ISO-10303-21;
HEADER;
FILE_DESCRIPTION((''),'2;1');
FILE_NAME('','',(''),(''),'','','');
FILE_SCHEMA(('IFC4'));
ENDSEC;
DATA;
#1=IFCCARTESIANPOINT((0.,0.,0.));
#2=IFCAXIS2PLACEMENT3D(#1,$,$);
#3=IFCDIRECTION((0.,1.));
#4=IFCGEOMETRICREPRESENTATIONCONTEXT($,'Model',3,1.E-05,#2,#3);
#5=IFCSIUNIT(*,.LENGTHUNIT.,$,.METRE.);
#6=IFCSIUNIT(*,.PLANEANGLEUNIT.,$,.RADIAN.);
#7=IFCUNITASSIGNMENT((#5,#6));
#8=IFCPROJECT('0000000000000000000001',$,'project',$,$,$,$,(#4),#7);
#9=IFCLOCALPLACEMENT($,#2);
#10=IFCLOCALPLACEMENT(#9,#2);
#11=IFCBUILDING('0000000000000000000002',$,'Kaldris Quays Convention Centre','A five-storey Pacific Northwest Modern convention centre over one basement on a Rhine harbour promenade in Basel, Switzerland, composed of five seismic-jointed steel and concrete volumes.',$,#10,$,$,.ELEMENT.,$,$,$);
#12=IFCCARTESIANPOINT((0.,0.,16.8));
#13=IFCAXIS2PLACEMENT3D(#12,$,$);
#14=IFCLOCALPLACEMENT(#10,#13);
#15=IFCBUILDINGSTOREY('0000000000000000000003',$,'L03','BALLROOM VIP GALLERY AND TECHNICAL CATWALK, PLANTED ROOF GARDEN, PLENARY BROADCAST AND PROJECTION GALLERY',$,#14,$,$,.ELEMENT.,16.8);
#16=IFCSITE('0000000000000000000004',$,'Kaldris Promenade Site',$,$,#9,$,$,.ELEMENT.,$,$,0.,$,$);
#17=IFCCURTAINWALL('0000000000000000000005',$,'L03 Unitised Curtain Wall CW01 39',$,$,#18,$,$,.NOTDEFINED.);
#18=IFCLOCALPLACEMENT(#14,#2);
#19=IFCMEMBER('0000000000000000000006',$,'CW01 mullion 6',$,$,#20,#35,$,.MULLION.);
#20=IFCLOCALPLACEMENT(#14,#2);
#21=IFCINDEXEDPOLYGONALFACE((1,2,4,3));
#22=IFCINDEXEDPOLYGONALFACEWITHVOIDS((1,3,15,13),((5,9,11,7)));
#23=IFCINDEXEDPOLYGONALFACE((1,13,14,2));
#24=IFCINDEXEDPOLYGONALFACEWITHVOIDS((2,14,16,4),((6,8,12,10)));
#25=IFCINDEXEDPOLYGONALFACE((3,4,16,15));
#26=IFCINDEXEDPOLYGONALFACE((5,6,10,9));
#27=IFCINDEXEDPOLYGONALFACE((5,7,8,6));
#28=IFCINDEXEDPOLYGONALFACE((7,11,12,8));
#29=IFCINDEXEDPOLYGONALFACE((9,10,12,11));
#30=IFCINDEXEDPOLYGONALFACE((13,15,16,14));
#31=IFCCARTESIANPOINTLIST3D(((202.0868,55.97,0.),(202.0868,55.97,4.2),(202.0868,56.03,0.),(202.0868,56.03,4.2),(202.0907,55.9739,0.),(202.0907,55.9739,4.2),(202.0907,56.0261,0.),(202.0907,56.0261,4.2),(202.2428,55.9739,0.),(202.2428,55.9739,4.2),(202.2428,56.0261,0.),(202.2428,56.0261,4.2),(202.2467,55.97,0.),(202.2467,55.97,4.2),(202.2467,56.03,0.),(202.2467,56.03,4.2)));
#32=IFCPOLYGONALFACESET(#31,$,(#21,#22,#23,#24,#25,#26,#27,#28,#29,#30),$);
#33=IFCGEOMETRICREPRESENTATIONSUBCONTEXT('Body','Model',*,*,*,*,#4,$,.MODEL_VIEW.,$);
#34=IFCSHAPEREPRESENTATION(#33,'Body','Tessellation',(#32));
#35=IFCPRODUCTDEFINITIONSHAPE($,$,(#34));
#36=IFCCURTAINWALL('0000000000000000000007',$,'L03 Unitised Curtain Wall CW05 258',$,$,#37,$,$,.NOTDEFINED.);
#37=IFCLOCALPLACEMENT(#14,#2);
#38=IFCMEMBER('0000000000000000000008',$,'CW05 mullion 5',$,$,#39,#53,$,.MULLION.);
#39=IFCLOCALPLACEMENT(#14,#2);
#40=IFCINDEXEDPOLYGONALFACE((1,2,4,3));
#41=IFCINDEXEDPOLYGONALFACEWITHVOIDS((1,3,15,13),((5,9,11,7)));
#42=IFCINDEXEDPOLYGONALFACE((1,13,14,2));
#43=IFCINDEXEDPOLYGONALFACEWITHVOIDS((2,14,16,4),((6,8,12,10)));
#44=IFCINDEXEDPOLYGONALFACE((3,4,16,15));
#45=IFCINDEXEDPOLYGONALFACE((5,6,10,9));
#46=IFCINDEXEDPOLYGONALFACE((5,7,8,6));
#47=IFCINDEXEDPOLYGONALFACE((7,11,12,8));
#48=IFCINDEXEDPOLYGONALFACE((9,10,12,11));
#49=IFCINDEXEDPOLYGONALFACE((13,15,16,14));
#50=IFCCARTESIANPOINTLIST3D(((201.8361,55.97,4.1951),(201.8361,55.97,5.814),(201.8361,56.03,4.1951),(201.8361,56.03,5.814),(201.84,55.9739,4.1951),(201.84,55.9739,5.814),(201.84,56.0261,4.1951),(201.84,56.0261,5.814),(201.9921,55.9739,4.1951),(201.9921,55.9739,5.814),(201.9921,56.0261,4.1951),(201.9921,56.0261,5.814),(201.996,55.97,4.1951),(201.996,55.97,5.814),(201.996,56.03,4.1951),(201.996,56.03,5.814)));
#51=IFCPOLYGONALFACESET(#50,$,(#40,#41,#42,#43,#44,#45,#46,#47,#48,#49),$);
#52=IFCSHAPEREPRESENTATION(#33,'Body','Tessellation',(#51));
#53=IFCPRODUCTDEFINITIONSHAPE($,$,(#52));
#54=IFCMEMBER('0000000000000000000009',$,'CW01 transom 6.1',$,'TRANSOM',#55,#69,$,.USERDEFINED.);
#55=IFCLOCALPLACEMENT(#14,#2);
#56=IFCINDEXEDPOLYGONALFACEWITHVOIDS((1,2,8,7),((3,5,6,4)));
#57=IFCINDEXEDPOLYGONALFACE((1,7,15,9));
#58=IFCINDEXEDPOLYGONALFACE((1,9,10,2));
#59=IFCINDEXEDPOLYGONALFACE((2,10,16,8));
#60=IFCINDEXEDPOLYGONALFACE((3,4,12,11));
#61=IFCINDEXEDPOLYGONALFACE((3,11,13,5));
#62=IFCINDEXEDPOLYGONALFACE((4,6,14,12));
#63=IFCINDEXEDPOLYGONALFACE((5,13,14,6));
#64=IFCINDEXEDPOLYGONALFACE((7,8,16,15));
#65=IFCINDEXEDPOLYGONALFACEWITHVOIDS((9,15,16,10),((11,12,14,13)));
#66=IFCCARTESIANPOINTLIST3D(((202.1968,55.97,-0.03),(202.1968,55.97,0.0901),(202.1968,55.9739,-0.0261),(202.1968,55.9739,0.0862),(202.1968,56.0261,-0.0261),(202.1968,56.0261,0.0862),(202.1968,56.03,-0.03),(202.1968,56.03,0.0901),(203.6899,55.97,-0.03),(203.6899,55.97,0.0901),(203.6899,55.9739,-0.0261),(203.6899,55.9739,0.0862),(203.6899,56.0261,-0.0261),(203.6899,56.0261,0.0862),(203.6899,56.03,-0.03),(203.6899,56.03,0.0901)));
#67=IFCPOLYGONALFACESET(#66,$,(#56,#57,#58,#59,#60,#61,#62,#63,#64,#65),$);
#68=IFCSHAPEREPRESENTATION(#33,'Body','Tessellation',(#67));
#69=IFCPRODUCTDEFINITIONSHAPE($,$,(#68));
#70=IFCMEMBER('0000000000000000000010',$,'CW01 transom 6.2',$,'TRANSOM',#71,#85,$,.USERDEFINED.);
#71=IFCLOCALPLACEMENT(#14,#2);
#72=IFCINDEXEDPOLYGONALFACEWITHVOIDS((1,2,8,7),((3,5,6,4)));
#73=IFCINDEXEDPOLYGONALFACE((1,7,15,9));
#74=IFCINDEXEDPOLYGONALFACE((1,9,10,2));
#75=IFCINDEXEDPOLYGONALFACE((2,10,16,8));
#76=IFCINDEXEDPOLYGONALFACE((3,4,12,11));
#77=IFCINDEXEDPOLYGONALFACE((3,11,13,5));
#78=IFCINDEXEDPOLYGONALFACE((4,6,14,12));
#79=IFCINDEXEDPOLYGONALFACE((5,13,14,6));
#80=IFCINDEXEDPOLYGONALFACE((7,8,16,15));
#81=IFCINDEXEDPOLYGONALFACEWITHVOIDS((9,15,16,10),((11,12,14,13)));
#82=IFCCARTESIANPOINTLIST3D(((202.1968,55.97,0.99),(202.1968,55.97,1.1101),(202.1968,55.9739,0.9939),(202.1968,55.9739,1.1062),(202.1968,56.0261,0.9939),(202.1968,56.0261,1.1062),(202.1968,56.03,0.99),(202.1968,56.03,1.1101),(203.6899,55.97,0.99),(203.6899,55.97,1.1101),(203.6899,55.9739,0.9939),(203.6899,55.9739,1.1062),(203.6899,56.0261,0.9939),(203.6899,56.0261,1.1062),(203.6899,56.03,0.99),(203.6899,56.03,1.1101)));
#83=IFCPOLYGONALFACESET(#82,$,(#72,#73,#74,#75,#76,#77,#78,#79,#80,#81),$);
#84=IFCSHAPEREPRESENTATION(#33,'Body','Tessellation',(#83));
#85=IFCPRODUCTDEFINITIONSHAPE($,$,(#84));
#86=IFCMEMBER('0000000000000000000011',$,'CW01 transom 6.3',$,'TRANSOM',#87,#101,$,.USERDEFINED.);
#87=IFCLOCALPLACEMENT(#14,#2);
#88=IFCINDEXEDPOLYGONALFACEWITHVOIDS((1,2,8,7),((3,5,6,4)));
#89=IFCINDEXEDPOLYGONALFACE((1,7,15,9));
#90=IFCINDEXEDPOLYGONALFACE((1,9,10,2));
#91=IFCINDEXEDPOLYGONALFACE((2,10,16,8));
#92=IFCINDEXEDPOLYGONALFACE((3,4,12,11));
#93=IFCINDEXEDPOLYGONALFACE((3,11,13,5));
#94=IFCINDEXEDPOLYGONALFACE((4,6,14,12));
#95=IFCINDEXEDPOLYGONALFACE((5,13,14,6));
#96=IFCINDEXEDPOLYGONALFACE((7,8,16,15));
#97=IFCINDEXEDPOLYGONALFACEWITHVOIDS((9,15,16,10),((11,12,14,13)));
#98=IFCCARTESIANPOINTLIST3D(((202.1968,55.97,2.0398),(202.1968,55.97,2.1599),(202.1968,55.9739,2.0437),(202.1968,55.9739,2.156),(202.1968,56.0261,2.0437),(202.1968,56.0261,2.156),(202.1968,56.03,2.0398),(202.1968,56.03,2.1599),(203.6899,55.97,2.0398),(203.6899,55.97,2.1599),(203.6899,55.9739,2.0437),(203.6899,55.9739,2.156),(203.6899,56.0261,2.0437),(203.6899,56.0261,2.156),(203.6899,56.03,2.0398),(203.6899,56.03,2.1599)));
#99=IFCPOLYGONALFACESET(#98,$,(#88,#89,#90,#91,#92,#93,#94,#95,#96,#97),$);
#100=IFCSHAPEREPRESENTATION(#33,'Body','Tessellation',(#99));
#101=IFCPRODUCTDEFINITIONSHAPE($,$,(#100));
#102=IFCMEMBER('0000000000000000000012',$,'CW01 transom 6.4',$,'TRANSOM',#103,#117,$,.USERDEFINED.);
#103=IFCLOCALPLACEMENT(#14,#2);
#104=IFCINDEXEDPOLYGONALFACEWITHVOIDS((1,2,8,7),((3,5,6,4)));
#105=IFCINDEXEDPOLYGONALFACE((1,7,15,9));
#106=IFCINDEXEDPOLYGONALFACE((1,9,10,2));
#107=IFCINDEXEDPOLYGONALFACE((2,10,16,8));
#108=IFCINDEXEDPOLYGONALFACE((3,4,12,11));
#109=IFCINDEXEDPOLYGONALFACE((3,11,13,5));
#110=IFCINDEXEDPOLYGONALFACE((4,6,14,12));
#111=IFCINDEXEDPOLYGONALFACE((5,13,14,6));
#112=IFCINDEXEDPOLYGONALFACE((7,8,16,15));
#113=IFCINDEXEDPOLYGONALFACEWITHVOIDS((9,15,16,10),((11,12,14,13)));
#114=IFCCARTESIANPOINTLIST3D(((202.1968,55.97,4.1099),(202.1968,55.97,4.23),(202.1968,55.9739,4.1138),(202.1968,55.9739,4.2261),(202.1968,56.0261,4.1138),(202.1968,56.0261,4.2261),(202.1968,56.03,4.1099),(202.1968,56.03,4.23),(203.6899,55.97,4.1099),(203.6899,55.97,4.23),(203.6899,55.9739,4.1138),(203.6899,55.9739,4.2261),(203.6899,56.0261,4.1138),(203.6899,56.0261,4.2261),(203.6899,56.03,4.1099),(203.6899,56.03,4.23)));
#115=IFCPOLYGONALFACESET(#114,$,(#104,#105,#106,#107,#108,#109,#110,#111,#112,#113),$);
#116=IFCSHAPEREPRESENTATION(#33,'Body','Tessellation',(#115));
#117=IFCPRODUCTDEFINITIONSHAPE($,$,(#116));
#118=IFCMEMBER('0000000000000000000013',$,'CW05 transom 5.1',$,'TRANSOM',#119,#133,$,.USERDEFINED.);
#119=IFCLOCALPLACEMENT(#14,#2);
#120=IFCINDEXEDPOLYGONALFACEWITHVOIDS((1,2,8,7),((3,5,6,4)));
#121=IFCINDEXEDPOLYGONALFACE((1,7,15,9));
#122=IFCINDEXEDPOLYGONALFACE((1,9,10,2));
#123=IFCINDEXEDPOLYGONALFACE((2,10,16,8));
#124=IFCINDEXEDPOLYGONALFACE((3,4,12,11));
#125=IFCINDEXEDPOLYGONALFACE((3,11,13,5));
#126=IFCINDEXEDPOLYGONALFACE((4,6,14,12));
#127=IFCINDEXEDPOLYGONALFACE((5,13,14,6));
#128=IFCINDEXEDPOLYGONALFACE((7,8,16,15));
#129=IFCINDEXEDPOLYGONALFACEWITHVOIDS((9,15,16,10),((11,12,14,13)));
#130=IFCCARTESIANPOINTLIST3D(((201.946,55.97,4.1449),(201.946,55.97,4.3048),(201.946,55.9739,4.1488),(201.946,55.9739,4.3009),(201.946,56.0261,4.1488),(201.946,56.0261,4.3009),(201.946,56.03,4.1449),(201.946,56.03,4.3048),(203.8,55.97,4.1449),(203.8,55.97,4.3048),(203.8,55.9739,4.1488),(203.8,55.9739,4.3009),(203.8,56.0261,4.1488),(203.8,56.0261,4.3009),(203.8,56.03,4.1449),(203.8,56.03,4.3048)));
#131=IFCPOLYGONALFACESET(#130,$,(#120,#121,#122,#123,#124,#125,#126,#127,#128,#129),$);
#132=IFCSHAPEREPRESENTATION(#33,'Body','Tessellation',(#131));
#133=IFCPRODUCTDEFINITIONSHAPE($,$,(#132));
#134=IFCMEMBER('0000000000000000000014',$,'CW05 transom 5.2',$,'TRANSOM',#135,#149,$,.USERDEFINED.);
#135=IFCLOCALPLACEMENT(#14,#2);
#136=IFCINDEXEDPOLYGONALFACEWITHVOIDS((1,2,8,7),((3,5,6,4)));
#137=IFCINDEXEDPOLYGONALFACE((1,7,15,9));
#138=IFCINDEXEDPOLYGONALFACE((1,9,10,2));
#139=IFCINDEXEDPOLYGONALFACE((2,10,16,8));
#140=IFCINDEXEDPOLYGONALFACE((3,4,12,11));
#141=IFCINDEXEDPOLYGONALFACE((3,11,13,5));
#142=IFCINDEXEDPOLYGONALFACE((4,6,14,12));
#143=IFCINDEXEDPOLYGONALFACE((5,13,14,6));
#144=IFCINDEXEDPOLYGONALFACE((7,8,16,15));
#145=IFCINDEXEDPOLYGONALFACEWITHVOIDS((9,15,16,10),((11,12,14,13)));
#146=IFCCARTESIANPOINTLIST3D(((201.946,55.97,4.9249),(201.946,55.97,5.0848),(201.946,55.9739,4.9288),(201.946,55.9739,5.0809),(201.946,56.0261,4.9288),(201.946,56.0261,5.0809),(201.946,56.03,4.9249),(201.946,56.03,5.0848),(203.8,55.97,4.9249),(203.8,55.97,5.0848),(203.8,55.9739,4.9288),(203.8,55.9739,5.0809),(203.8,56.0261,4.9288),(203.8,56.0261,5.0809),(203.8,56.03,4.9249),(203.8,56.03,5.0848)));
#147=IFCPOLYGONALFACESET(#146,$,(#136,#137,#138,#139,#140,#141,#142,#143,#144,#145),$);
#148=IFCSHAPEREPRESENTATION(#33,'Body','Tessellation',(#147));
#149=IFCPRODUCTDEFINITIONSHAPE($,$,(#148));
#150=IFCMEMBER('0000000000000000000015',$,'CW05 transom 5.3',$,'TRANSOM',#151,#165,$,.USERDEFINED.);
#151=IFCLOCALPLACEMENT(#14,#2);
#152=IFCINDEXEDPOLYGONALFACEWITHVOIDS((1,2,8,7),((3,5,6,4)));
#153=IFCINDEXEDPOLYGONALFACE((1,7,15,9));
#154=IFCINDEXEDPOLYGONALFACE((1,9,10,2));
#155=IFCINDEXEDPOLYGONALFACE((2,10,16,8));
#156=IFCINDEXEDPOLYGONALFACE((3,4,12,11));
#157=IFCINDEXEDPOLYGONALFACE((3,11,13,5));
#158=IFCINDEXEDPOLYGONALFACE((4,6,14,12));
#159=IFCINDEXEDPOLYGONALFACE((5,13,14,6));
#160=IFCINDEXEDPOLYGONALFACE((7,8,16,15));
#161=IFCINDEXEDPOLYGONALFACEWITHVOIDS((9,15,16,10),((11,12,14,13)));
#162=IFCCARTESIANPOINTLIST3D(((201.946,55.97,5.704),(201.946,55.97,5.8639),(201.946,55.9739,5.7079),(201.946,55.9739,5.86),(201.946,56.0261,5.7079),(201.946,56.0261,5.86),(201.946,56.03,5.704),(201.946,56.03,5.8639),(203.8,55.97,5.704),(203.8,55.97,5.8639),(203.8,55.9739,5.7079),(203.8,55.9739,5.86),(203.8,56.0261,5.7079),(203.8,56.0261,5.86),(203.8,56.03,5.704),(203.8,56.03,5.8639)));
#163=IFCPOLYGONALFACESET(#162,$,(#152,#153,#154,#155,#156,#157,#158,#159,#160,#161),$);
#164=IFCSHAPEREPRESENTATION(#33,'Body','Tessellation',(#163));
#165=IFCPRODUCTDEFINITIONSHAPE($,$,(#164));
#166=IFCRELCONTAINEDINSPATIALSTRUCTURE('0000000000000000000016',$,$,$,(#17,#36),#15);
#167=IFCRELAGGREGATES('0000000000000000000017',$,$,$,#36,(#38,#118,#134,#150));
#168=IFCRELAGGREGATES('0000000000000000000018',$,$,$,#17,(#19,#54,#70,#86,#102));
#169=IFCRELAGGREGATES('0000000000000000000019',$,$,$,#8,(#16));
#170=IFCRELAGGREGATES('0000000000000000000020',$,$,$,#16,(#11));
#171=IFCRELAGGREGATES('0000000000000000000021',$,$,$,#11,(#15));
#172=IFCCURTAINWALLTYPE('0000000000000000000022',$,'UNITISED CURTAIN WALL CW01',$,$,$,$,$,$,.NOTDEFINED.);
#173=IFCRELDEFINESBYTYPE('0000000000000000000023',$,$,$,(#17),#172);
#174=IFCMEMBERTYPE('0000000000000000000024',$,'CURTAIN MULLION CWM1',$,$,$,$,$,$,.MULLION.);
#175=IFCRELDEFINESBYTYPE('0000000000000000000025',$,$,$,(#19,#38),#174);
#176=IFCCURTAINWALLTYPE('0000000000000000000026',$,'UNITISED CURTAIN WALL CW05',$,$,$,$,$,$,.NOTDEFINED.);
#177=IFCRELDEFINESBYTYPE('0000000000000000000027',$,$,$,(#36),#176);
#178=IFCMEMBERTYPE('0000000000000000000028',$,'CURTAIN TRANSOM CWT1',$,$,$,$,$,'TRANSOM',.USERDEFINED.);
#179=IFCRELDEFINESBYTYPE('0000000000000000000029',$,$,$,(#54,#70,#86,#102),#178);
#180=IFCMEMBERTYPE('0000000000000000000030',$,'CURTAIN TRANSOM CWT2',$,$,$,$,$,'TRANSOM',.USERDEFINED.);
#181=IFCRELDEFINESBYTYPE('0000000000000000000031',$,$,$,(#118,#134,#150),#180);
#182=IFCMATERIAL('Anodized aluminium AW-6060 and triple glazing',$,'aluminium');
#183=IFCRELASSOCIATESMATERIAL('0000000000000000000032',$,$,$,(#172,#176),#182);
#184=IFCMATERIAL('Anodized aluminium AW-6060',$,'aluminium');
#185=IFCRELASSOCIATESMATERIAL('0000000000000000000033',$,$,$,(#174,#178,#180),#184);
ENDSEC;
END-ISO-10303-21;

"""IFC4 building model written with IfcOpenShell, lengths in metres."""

from ifc_helpers import new_model, si_unit, direction, frame, origin, origin_2d, place, context, subcontext, project, spatial, hollow_rectangle, extrude, material, material_profile, profile_set, type_object, element, aggregate, save


model = new_model("IFC4")

# Units and contexts
model_context = context("Model", 3, precision=1e-05, world=origin(), true_north=direction((0.0, 1.0)))
body_context = subcontext(model_context, "Body", "Model", "MODEL_VIEW")
ifc_project = project(units=[si_unit("LENGTHUNIT", "METRE"), si_unit("PLANEANGLEUNIT", "RADIAN")], contexts=[model_context])

# Site, building, storey
site_placement = place(None, origin())
site = spatial("IfcSite", under=ifc_project, at=site_placement, Name="Kaldris Promenade Site", CompositionType="ELEMENT", RefElevation=0.0)
building_placement = place(site_placement, origin())
building = spatial("IfcBuilding", under=site, at=building_placement, Name="Kaldris Quays Convention Centre", Description="A five-storey Pacific Northwest Modern convention centre over one basement on a Rhine harbour promenade in Basel, Switzerland, composed of five seismic-jointed steel and concrete volumes.", CompositionType="ELEMENT")
storey_placement = place(building_placement, frame((0.0, 0.0, 16.8)))
storey = spatial("IfcBuildingStorey", under=building, at=storey_placement, Name="L03", Description="BALLROOM VIP GALLERY AND TECHNICAL CATWALK, PLANTED ROOF GARDEN, PLENARY BROADCAST AND PROJECTION GALLERY", CompositionType="ELEMENT", Elevation=16.8)

# Curtain walls, members
ifc_material_1 = material(Name="Anodized aluminium AW-6060 and triple glazing", Category="aluminium")
curtain_wall_type_1 = type_object("IfcCurtainWallType", Name="UNITISED CURTAIN WALL CW01", PredefinedType="NOTDEFINED", material=ifc_material_1)
curtain_wall_1_placement = place(storey_placement, origin())
curtain_wall_1 = element("IfcCurtainWall", 1, at=curtain_wall_1_placement, inside=storey, type_object=curtain_wall_type_1, Name="L03 Unitised Curtain Wall CW01 39", PredefinedType="NOTDEFINED")
ifc_material_2 = material(Name="Anodized aluminium AW-6060", Category="aluminium")
ifc_material_profile_1 = material_profile(ifc_material_2, hollow_rectangle(XDim=0.0601, YDim=0.1599, WallThickness=0.0039, at=origin_2d()), Name="RHS 160x60x4")
ifc_profile_set_1 = profile_set([ifc_material_profile_1], Name="Anodized aluminium AW-6060")
member_type_1 = type_object("IfcMemberType", Name="CURTAIN MULLION CWM1", PredefinedType="MULLION", material=ifc_profile_set_1)
member_1_placement = place(storey_placement, frame((202.1667, 56.0, 0.0), z_axis=(0.0, 0.0, 1.0), x_axis=(0.0, 1.0, 0.0)))
member_1 = element("IfcMember", 2, at=member_1_placement, type_object=member_type_1, Name="CW01 mullion 6", PredefinedType="MULLION", context=body_context, shape_type="SweptSolid", body=[
    extrude(hollow_rectangle(XDim=0.0601, YDim=0.1599, WallThickness=0.0039, at=origin_2d()), origin(), (0.0, 0.0, 1.0), 4.2),
])
curtain_wall_type_2 = type_object("IfcCurtainWallType", Name="UNITISED CURTAIN WALL CW05", PredefinedType="NOTDEFINED", material=ifc_material_1)
curtain_wall_2_placement = place(storey_placement, origin())
curtain_wall_2 = element("IfcCurtainWall", 3, at=curtain_wall_2_placement, inside=storey, type_object=curtain_wall_type_2, Name="L03 Unitised Curtain Wall CW05 258", PredefinedType="NOTDEFINED")
member_2_placement = place(storey_placement, frame((201.916, 56.0, 4.1951), z_axis=(0.0, 0.0, 1.0), x_axis=(0.0, 1.0, 0.0)))
member_2 = element("IfcMember", 4, at=member_2_placement, type_object=member_type_1, Name="CW05 mullion 5", PredefinedType="MULLION", context=body_context, shape_type="SweptSolid", body=[
    extrude(hollow_rectangle(XDim=0.0601, YDim=0.1599, WallThickness=0.0039, at=origin_2d()), origin(), (0.0, 0.0, 1.0), 1.6189),
])

# Members
ifc_material_profile_2 = material_profile(ifc_material_2, hollow_rectangle(XDim=0.0601, YDim=0.1201, WallThickness=0.0039, at=origin_2d()), Name="RHS 120x60x4")
ifc_profile_set_2 = profile_set([ifc_material_profile_2], Name="Anodized aluminium AW-6060")
member_type_2 = type_object("IfcMemberType", Name="CURTAIN TRANSOM CWT1", ElementType="TRANSOM", PredefinedType="USERDEFINED", material=ifc_profile_set_2)
member_3_placement = place(storey_placement, frame((202.1968, 56.0, 0.03), z_axis=(1.0, 0.0, 0.0), x_axis=(0.0, 1.0, 0.0)))
member_3 = element("IfcMember", 5, at=member_3_placement, type_object=member_type_2, Name="CW01 transom 6.1", ObjectType="TRANSOM", PredefinedType="USERDEFINED", context=body_context, shape_type="SweptSolid", body=[
    extrude(hollow_rectangle(XDim=0.0601, YDim=0.1201, WallThickness=0.0039, at=origin_2d()), origin(), (0.0, 0.0, 1.0), 1.4932),
])
member_4_placement = place(storey_placement, frame((202.1968, 56.0, 1.05), z_axis=(1.0, 0.0, 0.0), x_axis=(0.0, 1.0, 0.0)))
member_4 = element("IfcMember", 6, at=member_4_placement, type_object=member_type_2, Name="CW01 transom 6.2", ObjectType="TRANSOM", PredefinedType="USERDEFINED", context=body_context, shape_type="SweptSolid", body=[
    extrude(hollow_rectangle(XDim=0.0601, YDim=0.1201, WallThickness=0.0039, at=origin_2d()), origin(), (0.0, 0.0, 1.0), 1.4932),
])
member_5_placement = place(storey_placement, frame((202.1968, 56.0, 2.0999), z_axis=(1.0, 0.0, 0.0), x_axis=(0.0, 1.0, 0.0)))
member_5 = element("IfcMember", 7, at=member_5_placement, type_object=member_type_2, Name="CW01 transom 6.3", ObjectType="TRANSOM", PredefinedType="USERDEFINED", context=body_context, shape_type="SweptSolid", body=[
    extrude(hollow_rectangle(XDim=0.0601, YDim=0.1201, WallThickness=0.0039, at=origin_2d()), origin(), (0.0, 0.0, 1.0), 1.4932),
])
member_6_placement = place(storey_placement, frame((202.1968, 56.0, 4.1699), z_axis=(1.0, 0.0, 0.0), x_axis=(0.0, 1.0, 0.0)))
member_6 = element("IfcMember", 8, at=member_6_placement, type_object=member_type_2, Name="CW01 transom 6.4", ObjectType="TRANSOM", PredefinedType="USERDEFINED", context=body_context, shape_type="SweptSolid", body=[
    extrude(hollow_rectangle(XDim=0.0601, YDim=0.1201, WallThickness=0.0039, at=origin_2d()), origin(), (0.0, 0.0, 1.0), 1.4932),
])
ifc_material_profile_3 = material_profile(ifc_material_2, hollow_rectangle(XDim=0.0601, YDim=0.1599, WallThickness=0.0039, at=origin_2d()), Name="RHS 160x60x4")
ifc_profile_set_3 = profile_set([ifc_material_profile_3], Name="Anodized aluminium AW-6060")
member_type_3 = type_object("IfcMemberType", Name="CURTAIN TRANSOM CWT2", ElementType="TRANSOM", PredefinedType="USERDEFINED", material=ifc_profile_set_3)
member_7_placement = place(storey_placement, frame((201.946, 56.0, 4.2249), z_axis=(1.0, 0.0, 0.0), x_axis=(0.0, 1.0, 0.0)))
member_7 = element("IfcMember", 9, at=member_7_placement, type_object=member_type_3, Name="CW05 transom 5.1", ObjectType="TRANSOM", PredefinedType="USERDEFINED", context=body_context, shape_type="SweptSolid", body=[
    extrude(hollow_rectangle(XDim=0.0601, YDim=0.1599, WallThickness=0.0039, at=origin_2d()), origin(), (0.0, 0.0, 1.0), 1.854),
])
member_8_placement = place(storey_placement, frame((201.946, 56.0, 5.0049), z_axis=(1.0, 0.0, 0.0), x_axis=(0.0, 1.0, 0.0)))
member_8 = element("IfcMember", 10, at=member_8_placement, type_object=member_type_3, Name="CW05 transom 5.2", ObjectType="TRANSOM", PredefinedType="USERDEFINED", context=body_context, shape_type="SweptSolid", body=[
    extrude(hollow_rectangle(XDim=0.0601, YDim=0.1599, WallThickness=0.0039, at=origin_2d()), origin(), (0.0, 0.0, 1.0), 1.854),
])
member_9_placement = place(storey_placement, frame((201.946, 56.0, 5.7839), z_axis=(1.0, 0.0, 0.0), x_axis=(0.0, 1.0, 0.0)))
member_9 = element("IfcMember", 11, at=member_9_placement, type_object=member_type_3, Name="CW05 transom 5.3", ObjectType="TRANSOM", PredefinedType="USERDEFINED", context=body_context, shape_type="SweptSolid", body=[
    extrude(hollow_rectangle(XDim=0.0601, YDim=0.1599, WallThickness=0.0039, at=origin_2d()), origin(), (0.0, 0.0, 1.0), 1.854),
])

aggregate(curtain_wall_2, [member_2, member_7, member_8, member_9])
aggregate(curtain_wall_1, [member_1, member_3, member_4, member_5, member_6])

save(model, "model.ifc")
